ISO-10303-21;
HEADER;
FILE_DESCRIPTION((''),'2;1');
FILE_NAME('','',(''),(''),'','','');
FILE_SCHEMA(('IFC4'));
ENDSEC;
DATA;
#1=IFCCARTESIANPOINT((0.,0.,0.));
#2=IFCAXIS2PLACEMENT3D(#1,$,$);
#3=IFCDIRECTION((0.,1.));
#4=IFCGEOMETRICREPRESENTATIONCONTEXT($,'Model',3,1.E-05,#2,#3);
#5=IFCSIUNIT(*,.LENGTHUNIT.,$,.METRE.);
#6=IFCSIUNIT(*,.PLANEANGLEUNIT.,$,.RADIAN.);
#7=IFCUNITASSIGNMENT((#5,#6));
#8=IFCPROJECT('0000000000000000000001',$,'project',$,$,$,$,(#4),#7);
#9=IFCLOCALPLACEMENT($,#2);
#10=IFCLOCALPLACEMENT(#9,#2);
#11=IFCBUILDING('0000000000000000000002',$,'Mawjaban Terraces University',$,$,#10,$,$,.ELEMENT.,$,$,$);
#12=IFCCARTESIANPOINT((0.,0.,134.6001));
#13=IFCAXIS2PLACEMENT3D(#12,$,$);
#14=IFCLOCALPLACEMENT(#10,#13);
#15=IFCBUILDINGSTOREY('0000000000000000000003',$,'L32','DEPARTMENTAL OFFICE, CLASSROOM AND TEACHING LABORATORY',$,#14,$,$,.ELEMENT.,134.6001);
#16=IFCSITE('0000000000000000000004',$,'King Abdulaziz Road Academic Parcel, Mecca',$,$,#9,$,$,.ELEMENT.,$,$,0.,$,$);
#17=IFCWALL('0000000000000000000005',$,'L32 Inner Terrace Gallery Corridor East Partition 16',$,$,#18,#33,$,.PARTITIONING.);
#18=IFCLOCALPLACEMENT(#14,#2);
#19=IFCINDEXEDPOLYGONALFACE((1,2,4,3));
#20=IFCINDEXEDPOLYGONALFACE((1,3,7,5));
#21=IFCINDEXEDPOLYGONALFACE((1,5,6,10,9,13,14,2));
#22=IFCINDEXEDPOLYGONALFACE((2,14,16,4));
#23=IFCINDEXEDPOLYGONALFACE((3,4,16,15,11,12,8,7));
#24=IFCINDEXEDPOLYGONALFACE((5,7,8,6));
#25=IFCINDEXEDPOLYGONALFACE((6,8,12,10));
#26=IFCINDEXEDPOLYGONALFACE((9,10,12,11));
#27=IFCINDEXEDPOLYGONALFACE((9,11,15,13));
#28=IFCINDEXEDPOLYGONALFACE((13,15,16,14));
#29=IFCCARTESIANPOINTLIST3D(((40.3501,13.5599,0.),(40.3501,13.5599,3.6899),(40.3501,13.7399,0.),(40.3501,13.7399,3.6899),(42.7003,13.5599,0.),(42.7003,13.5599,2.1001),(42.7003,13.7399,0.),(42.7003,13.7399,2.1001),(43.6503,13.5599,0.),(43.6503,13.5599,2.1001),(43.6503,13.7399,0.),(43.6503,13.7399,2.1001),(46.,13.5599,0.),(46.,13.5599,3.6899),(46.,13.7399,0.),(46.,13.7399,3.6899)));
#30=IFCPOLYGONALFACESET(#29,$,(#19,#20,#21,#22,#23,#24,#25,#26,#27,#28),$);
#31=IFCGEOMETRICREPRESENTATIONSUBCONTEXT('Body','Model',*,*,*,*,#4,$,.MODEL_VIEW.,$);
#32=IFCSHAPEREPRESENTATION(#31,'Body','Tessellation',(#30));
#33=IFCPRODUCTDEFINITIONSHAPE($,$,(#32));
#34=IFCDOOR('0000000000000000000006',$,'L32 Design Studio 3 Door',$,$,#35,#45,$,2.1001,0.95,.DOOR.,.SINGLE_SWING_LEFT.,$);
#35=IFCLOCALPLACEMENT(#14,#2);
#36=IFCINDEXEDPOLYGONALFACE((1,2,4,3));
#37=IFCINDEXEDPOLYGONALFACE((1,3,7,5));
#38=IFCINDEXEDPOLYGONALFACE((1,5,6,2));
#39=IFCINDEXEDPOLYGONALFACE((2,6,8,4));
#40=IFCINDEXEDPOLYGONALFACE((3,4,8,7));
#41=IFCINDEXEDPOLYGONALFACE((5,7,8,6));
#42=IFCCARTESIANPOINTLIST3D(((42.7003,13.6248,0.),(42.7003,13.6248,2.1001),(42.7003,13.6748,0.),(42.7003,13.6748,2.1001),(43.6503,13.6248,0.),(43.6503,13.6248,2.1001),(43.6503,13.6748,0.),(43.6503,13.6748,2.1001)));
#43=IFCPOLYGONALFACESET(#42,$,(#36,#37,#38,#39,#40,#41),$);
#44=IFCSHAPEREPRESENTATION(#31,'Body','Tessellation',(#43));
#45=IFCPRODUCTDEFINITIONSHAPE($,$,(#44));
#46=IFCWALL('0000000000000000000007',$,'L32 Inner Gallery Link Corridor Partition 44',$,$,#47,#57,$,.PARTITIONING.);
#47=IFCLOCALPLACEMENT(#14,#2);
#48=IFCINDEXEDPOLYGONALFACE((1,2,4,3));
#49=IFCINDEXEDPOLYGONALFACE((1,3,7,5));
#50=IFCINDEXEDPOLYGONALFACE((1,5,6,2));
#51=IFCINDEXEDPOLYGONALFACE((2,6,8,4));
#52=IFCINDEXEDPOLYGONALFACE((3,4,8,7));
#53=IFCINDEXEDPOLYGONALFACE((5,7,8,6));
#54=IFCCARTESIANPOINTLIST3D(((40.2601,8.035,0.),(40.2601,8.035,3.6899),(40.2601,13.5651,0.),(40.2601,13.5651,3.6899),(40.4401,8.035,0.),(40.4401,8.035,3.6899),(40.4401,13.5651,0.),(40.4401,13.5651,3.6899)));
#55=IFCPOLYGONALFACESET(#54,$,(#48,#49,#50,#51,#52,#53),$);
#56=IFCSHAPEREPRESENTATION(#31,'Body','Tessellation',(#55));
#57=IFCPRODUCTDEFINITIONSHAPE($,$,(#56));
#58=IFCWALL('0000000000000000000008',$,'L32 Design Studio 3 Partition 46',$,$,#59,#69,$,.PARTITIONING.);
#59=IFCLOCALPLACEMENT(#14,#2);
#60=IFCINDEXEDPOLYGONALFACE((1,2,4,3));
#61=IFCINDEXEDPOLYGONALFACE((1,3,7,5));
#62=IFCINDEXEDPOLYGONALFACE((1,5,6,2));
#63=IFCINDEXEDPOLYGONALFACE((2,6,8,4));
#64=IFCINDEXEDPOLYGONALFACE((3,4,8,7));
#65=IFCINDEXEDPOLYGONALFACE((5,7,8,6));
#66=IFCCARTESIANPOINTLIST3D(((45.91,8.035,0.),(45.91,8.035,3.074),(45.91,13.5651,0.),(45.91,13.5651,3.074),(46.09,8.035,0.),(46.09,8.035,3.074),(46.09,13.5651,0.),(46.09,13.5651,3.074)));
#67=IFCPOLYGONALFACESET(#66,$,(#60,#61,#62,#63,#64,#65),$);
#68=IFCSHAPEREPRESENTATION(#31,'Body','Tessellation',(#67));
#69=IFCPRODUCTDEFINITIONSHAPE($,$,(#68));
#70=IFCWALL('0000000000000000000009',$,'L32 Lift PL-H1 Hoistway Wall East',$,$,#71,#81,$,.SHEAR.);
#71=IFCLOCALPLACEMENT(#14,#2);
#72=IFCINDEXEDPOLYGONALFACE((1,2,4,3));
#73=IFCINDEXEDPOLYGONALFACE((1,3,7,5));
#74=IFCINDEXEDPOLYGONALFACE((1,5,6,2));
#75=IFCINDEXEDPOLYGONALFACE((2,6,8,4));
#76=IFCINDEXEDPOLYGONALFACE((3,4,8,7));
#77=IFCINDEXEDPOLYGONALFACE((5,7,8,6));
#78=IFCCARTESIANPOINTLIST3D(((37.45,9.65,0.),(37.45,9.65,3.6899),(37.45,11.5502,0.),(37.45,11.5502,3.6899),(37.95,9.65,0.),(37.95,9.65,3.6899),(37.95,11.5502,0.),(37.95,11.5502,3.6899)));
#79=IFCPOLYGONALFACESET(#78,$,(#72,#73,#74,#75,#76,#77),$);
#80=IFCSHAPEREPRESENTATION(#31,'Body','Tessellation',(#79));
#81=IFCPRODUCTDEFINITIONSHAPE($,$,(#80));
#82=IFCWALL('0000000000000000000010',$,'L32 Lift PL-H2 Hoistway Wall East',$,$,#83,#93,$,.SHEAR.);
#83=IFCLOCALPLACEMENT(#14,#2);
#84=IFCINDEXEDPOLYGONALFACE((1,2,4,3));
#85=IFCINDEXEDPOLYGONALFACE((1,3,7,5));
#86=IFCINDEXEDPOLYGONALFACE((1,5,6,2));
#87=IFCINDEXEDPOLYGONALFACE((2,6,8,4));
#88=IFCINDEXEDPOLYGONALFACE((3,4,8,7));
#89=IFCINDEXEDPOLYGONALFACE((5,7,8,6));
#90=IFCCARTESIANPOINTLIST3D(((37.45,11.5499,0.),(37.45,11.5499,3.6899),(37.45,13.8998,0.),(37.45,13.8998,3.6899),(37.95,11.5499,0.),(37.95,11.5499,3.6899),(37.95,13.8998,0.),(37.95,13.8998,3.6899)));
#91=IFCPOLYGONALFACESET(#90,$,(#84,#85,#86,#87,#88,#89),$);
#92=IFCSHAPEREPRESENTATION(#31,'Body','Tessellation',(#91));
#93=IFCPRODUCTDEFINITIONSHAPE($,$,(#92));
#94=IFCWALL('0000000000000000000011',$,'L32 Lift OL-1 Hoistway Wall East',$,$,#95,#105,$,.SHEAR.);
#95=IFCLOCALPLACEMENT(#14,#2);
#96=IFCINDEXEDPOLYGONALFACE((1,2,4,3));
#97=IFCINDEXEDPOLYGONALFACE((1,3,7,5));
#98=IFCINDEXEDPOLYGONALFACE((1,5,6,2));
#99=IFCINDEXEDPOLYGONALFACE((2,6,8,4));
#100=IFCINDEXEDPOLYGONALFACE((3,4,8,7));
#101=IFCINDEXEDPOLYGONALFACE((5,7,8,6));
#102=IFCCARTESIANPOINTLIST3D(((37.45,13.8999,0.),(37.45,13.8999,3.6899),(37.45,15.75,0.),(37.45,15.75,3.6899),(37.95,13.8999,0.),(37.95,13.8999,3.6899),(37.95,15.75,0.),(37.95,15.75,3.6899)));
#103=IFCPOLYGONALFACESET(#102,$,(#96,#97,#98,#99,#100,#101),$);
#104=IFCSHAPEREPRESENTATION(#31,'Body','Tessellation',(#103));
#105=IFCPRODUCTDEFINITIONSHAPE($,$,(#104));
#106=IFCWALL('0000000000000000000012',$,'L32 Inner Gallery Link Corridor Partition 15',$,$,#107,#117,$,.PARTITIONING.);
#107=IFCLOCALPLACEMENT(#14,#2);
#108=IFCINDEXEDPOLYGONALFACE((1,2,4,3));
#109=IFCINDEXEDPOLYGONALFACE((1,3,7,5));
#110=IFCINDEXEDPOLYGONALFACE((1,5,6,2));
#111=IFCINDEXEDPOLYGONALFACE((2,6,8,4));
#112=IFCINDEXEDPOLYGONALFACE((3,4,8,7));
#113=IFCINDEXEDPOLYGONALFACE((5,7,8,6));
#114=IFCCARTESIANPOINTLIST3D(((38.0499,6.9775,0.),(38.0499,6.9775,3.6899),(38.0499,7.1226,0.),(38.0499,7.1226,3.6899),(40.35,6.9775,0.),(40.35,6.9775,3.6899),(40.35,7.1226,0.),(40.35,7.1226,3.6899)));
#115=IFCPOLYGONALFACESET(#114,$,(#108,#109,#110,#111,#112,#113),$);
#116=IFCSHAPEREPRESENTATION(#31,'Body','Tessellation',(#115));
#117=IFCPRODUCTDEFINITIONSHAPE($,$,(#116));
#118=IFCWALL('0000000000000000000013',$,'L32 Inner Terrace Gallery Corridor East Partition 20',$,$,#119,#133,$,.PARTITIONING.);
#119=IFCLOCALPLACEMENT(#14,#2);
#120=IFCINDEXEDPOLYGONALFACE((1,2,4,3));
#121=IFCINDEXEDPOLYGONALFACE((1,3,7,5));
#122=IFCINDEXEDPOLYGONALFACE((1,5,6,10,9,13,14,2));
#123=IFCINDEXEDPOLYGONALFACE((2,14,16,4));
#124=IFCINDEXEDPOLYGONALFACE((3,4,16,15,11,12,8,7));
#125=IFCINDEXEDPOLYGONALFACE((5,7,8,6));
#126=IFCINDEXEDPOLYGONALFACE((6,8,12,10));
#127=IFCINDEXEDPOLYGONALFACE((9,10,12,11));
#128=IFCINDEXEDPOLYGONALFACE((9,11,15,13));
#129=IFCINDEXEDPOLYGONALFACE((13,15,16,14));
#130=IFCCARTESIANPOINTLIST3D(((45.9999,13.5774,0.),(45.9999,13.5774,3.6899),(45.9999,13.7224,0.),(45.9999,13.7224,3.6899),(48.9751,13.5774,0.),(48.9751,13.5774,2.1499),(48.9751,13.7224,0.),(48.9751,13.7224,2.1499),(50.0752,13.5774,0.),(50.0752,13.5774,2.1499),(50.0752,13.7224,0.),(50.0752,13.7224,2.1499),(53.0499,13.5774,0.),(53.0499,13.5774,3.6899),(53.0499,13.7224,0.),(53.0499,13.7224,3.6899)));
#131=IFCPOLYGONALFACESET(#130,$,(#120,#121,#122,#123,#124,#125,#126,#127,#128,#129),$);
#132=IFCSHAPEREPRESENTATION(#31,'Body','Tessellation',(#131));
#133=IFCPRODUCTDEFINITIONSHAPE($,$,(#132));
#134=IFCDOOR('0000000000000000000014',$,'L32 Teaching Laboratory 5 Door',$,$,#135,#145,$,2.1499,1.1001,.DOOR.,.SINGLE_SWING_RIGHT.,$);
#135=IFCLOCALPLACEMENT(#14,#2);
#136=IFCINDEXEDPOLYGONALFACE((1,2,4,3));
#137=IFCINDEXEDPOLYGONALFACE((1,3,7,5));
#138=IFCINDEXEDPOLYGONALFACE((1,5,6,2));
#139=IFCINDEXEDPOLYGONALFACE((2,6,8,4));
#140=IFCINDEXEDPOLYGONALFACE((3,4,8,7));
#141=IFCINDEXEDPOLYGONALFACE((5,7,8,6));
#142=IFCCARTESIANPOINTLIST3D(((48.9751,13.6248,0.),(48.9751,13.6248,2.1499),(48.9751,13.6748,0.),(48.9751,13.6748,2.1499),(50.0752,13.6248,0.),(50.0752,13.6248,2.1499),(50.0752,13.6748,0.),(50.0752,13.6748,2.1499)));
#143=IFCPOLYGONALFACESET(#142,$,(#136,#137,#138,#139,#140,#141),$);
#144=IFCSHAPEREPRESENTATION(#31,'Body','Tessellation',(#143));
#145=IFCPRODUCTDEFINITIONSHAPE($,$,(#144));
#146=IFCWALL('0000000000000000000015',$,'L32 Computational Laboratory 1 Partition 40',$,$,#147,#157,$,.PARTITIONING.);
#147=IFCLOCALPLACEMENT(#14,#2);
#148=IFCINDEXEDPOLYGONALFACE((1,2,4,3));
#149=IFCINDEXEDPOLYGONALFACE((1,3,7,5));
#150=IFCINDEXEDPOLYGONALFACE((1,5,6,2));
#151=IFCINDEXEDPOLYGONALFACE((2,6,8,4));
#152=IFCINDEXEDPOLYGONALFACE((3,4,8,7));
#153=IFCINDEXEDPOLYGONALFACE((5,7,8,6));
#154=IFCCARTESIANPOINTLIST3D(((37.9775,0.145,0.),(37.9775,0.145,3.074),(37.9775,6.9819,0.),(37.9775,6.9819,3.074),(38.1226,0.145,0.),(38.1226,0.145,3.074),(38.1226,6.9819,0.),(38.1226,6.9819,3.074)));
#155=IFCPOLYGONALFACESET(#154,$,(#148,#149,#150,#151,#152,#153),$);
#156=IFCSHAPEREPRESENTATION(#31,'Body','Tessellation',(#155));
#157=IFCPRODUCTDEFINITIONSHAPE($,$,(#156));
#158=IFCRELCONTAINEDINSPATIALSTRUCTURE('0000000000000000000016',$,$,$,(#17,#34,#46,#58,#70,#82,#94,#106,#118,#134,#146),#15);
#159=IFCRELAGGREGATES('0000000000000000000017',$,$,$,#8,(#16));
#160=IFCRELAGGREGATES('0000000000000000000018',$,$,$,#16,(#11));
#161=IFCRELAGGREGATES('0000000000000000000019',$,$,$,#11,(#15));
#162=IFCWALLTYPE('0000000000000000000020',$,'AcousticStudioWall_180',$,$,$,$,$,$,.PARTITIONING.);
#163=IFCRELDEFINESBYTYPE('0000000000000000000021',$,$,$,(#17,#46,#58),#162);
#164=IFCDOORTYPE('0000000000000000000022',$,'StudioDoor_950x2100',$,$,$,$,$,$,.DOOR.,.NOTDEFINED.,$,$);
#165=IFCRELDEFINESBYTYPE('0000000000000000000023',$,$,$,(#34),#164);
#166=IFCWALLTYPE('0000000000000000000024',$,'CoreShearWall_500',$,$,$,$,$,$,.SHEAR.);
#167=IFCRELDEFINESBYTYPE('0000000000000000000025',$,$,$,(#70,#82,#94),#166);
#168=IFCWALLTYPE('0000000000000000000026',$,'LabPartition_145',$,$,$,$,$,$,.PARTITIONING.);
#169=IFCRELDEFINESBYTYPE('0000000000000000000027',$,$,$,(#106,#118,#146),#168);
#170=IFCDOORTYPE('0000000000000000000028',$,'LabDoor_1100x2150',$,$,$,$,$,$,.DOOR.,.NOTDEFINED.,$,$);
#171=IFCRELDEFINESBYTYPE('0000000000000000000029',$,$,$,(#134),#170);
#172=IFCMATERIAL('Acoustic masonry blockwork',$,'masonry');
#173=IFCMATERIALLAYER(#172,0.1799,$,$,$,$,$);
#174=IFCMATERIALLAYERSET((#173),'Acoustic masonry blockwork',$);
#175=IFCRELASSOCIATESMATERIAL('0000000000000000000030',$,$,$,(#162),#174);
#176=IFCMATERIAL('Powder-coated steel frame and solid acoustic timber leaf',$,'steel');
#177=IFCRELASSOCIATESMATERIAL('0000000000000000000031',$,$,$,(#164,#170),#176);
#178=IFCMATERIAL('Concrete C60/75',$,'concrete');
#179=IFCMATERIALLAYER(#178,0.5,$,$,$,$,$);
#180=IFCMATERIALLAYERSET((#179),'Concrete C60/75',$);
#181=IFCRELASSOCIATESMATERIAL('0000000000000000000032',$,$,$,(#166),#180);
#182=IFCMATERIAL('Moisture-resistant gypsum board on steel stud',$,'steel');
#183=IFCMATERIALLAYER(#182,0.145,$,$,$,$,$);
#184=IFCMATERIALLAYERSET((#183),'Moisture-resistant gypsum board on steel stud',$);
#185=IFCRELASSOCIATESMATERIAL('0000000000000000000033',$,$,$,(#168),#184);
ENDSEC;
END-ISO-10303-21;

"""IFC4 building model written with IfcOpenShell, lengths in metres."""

from ifc_helpers import new_model, si_unit, direction, frame, frame_2d, origin, place, context, subcontext, project, spatial, rectangle, extrude, material, layer, layer_set, type_object, element, fill, save


model = new_model("IFC4")

# Units and contexts
model_context = context("Model", 3, precision=1e-05, world=origin(), true_north=direction((0.0, 1.0)))
body_context = subcontext(model_context, "Body", "Model", "MODEL_VIEW")
ifc_project = project(units=[si_unit("LENGTHUNIT", "METRE"), si_unit("PLANEANGLEUNIT", "RADIAN")], contexts=[model_context])

# Site, building, storey
site_placement = place(None, origin())
site = spatial("IfcSite", under=ifc_project, at=site_placement, Name="King Abdulaziz Road Academic Parcel, Mecca", CompositionType="ELEMENT", RefElevation=0.0)
building_placement = place(site_placement, origin())
building = spatial("IfcBuilding", under=site, at=building_placement, Name="Mawjaban Terraces University", CompositionType="ELEMENT")
storey_placement = place(building_placement, frame((0.0, 0.0, 134.6001)))
storey = spatial("IfcBuildingStorey", under=building, at=storey_placement, Name="L32", Description="DEPARTMENTAL OFFICE, CLASSROOM AND TEACHING LABORATORY", CompositionType="ELEMENT", Elevation=134.6001)

# Shared definitions
ifc_material_1 = material(Name="Concrete C60/75", Category="concrete")

# Wall, opening, door
ifc_material_2 = material(Name="Acoustic masonry blockwork", Category="masonry")
ifc_layer_1 = layer(ifc_material_2, 0.1799)
ifc_layer_set_1 = layer_set([ifc_layer_1], Name="Acoustic masonry blockwork")
wall_type_1 = type_object("IfcWallType", Name="AcousticStudioWall_180", PredefinedType="PARTITIONING", material=ifc_layer_set_1)
wall_1_placement = place(storey_placement, frame((40.3501, 13.6499, 0.0), z_axis=(0.0, 0.0, 1.0), x_axis=(1.0, 0.0, 0.0)))
wall_1 = element("IfcWall", 1, at=wall_1_placement, inside=storey, type_object=wall_type_1, Name="L32 Inner Terrace Gallery Corridor East Partition 16", PredefinedType="PARTITIONING", context=body_context, shape_type="SweptSolid", body=[
    extrude(rectangle(XDim=5.6499, YDim=0.1799, at=frame_2d((2.825, 0.0))), origin(), (0.0, 0.0, 1.0), 3.6899),
])
opening_1_placement = place(wall_1_placement, frame((2.3501, 0.0, 0.0)))
opening_1 = element("IfcOpeningElement", 2, at=opening_1_placement, cuts=wall_1, PredefinedType="OPENING", context=body_context, shape_type="SweptSolid", body=[
    extrude(rectangle(XDim=0.95, YDim=2.1001, at=frame_2d((0.4751, 1.05))), frame((0.0, 0.0999, 0.0), z_axis=(0.0, -1.0, 0.0), x_axis=(1.0, 0.0, 0.0)), (0.0, 0.0, 1.0), 0.2),
])
ifc_material_3 = material(Name="Powder-coated steel frame and solid acoustic timber leaf", Category="steel")
door_type_1 = type_object("IfcDoorType", Name="StudioDoor_950x2100", OperationType="NOTDEFINED", PredefinedType="DOOR", material=ifc_material_3)
door_1_placement = place(opening_1_placement, origin())
door_1 = element("IfcDoor", 3, at=door_1_placement, inside=storey, type_object=door_type_1, Name="L32 Design Studio 3 Door", OperationType="SINGLE_SWING_LEFT", OverallHeight=2.1001, OverallWidth=0.95, PredefinedType="DOOR", context=body_context, shape_type="SweptSolid", body=[
    extrude(rectangle(XDim=0.95, YDim=2.1001, at=frame_2d((0.4751, 1.05))), frame((0.0, 0.0249, 0.0), z_axis=(0.0, -1.0, 0.0), x_axis=(1.0, 0.0, 0.0)), (0.0, 0.0, 1.0), 0.05),
])
fill(opening_1, door_1)
door_type_2 = type_object("IfcDoorType", Name="LabDoor_1100x2150", OperationType="NOTDEFINED", PredefinedType="DOOR", material=ifc_material_3)

# Walls
wall_2_placement = place(storey_placement, frame((40.3501, 8.0349, 0.0), z_axis=(0.0, 0.0, 1.0), x_axis=(0.0, 1.0, 0.0)))
element("IfcWall", 4, at=wall_2_placement, inside=storey, type_object=wall_type_1, Name="L32 Inner Gallery Link Corridor Partition 44", PredefinedType="PARTITIONING", context=body_context, shape_type="SweptSolid", body=[
    extrude(rectangle(XDim=5.53, YDim=0.1799, at=frame_2d((2.7651, 0.0))), origin(), (0.0, 0.0, 1.0), 3.6899),
])
wall_3_placement = place(storey_placement, frame((46.0, 8.0349, 0.0), z_axis=(0.0, 0.0, 1.0), x_axis=(0.0, 1.0, 0.0)))
element("IfcWall", 5, at=wall_3_placement, inside=storey, type_object=wall_type_1, Name="L32 Design Studio 3 Partition 46", PredefinedType="PARTITIONING", context=body_context, shape_type="SweptSolid", body=[
    extrude(rectangle(XDim=5.53, YDim=0.1799, at=frame_2d((2.7651, 0.0))), origin(), (0.0, 0.0, 1.0), 3.074),
])
ifc_layer_2 = layer(ifc_material_1, 0.5)
ifc_layer_set_2 = layer_set([ifc_layer_2], Name="Concrete C60/75")
wall_type_2 = type_object("IfcWallType", Name="CoreShearWall_500", PredefinedType="SHEAR", material=ifc_layer_set_2)
wall_4_placement = place(storey_placement, frame((37.7, 9.6499, 0.0), z_axis=(0.0, 0.0, 1.0), x_axis=(0.0, 1.0, 0.0)))
element("IfcWall", 6, at=wall_4_placement, inside=storey, type_object=wall_type_2, Name="L32 Lift PL-H1 Hoistway Wall East", PredefinedType="SHEAR", context=body_context, shape_type="SweptSolid", body=[
    extrude(rectangle(XDim=1.9001, YDim=0.5, at=frame_2d((0.9502, 0.0))), origin(), (0.0, 0.0, 1.0), 3.6899),
])
wall_5_placement = place(storey_placement, frame((37.7, 11.55, 0.0), z_axis=(0.0, 0.0, 1.0), x_axis=(0.0, 1.0, 0.0)))
element("IfcWall", 7, at=wall_5_placement, inside=storey, type_object=wall_type_2, Name="L32 Lift PL-H2 Hoistway Wall East", PredefinedType="SHEAR", context=body_context, shape_type="SweptSolid", body=[
    extrude(rectangle(XDim=2.3499, YDim=0.5, at=frame_2d((1.1748, 0.0))), origin(), (0.0, 0.0, 1.0), 3.6899),
])
wall_6_placement = place(storey_placement, frame((37.7, 13.8999, 0.0), z_axis=(0.0, 0.0, 1.0), x_axis=(0.0, 1.0, 0.0)))
element("IfcWall", 8, at=wall_6_placement, inside=storey, type_object=wall_type_2, Name="L32 Lift OL-1 Hoistway Wall East", PredefinedType="SHEAR", context=body_context, shape_type="SweptSolid", body=[
    extrude(rectangle(XDim=1.8501, YDim=0.5, at=frame_2d((0.925, 0.0))), origin(), (0.0, 0.0, 1.0), 3.6899),
])
ifc_material_4 = material(Name="Moisture-resistant gypsum board on steel stud", Category="steel")
ifc_layer_3 = layer(ifc_material_4, 0.145)
ifc_layer_set_3 = layer_set([ifc_layer_3], Name="Moisture-resistant gypsum board on steel stud")
wall_type_3 = type_object("IfcWallType", Name="LabPartition_145", PredefinedType="PARTITIONING", material=ifc_layer_set_3)
wall_7_placement = place(storey_placement, frame((38.05, 7.05, 0.0), z_axis=(0.0, 0.0, 1.0), x_axis=(1.0, 0.0, 0.0)))
element("IfcWall", 9, at=wall_7_placement, inside=storey, type_object=wall_type_3, Name="L32 Inner Gallery Link Corridor Partition 15", PredefinedType="PARTITIONING", context=body_context, shape_type="SweptSolid", body=[
    extrude(rectangle(XDim=2.3, YDim=0.145, at=frame_2d((1.1499, 0.0))), origin(), (0.0, 0.0, 1.0), 3.6899),
])

# Wall, opening, door
wall_8_placement = place(storey_placement, frame((46.0, 13.6499, 0.0), z_axis=(0.0, 0.0, 1.0), x_axis=(1.0, 0.0, 0.0)))
wall_8 = element("IfcWall", 10, at=wall_8_placement, inside=storey, type_object=wall_type_3, Name="L32 Inner Terrace Gallery Corridor East Partition 20", PredefinedType="PARTITIONING", context=body_context, shape_type="SweptSolid", body=[
    extrude(rectangle(XDim=7.05, YDim=0.145, at=frame_2d((3.5249, 0.0))), origin(), (0.0, 0.0, 1.0), 3.6899),
])
opening_2_placement = place(wall_8_placement, frame((2.9751, 0.0, 0.0)))
opening_2 = element("IfcOpeningElement", 11, at=opening_2_placement, cuts=wall_8, PredefinedType="OPENING", context=body_context, shape_type="SweptSolid", body=[
    extrude(rectangle(XDim=1.1001, YDim=2.1499, at=frame_2d((0.55, 1.075))), frame((0.0, 0.0825, 0.0), z_axis=(0.0, -1.0, 0.0), x_axis=(1.0, 0.0, 0.0)), (0.0, 0.0, 1.0), 0.165),
])
door_2_placement = place(opening_2_placement, origin())
door_2 = element("IfcDoor", 12, at=door_2_placement, inside=storey, type_object=door_type_2, Name="L32 Teaching Laboratory 5 Door", OperationType="SINGLE_SWING_RIGHT", OverallHeight=2.1499, OverallWidth=1.1001, PredefinedType="DOOR", context=body_context, shape_type="SweptSolid", body=[
    extrude(rectangle(XDim=1.1001, YDim=2.1499, at=frame_2d((0.55, 1.075))), frame((0.0, 0.0249, 0.0), z_axis=(0.0, -1.0, 0.0), x_axis=(1.0, 0.0, 0.0)), (0.0, 0.0, 1.0), 0.05),
])
fill(opening_2, door_2)

# Wall
wall_9_placement = place(storey_placement, frame((38.05, 6.9819, 0.0), z_axis=(0.0, 0.0, 1.0), x_axis=(0.0, -1.0, 0.0)))
element("IfcWall", 13, at=wall_9_placement, inside=storey, type_object=wall_type_3, Name="L32 Computational Laboratory 1 Partition 40", PredefinedType="PARTITIONING", context=body_context, shape_type="SweptSolid", body=[
    extrude(rectangle(XDim=6.8369, YDim=0.145, at=frame_2d((3.4185, 0.0))), origin(), (0.0, 0.0, 1.0), 3.074),
])

save(model, "model.ifc")
